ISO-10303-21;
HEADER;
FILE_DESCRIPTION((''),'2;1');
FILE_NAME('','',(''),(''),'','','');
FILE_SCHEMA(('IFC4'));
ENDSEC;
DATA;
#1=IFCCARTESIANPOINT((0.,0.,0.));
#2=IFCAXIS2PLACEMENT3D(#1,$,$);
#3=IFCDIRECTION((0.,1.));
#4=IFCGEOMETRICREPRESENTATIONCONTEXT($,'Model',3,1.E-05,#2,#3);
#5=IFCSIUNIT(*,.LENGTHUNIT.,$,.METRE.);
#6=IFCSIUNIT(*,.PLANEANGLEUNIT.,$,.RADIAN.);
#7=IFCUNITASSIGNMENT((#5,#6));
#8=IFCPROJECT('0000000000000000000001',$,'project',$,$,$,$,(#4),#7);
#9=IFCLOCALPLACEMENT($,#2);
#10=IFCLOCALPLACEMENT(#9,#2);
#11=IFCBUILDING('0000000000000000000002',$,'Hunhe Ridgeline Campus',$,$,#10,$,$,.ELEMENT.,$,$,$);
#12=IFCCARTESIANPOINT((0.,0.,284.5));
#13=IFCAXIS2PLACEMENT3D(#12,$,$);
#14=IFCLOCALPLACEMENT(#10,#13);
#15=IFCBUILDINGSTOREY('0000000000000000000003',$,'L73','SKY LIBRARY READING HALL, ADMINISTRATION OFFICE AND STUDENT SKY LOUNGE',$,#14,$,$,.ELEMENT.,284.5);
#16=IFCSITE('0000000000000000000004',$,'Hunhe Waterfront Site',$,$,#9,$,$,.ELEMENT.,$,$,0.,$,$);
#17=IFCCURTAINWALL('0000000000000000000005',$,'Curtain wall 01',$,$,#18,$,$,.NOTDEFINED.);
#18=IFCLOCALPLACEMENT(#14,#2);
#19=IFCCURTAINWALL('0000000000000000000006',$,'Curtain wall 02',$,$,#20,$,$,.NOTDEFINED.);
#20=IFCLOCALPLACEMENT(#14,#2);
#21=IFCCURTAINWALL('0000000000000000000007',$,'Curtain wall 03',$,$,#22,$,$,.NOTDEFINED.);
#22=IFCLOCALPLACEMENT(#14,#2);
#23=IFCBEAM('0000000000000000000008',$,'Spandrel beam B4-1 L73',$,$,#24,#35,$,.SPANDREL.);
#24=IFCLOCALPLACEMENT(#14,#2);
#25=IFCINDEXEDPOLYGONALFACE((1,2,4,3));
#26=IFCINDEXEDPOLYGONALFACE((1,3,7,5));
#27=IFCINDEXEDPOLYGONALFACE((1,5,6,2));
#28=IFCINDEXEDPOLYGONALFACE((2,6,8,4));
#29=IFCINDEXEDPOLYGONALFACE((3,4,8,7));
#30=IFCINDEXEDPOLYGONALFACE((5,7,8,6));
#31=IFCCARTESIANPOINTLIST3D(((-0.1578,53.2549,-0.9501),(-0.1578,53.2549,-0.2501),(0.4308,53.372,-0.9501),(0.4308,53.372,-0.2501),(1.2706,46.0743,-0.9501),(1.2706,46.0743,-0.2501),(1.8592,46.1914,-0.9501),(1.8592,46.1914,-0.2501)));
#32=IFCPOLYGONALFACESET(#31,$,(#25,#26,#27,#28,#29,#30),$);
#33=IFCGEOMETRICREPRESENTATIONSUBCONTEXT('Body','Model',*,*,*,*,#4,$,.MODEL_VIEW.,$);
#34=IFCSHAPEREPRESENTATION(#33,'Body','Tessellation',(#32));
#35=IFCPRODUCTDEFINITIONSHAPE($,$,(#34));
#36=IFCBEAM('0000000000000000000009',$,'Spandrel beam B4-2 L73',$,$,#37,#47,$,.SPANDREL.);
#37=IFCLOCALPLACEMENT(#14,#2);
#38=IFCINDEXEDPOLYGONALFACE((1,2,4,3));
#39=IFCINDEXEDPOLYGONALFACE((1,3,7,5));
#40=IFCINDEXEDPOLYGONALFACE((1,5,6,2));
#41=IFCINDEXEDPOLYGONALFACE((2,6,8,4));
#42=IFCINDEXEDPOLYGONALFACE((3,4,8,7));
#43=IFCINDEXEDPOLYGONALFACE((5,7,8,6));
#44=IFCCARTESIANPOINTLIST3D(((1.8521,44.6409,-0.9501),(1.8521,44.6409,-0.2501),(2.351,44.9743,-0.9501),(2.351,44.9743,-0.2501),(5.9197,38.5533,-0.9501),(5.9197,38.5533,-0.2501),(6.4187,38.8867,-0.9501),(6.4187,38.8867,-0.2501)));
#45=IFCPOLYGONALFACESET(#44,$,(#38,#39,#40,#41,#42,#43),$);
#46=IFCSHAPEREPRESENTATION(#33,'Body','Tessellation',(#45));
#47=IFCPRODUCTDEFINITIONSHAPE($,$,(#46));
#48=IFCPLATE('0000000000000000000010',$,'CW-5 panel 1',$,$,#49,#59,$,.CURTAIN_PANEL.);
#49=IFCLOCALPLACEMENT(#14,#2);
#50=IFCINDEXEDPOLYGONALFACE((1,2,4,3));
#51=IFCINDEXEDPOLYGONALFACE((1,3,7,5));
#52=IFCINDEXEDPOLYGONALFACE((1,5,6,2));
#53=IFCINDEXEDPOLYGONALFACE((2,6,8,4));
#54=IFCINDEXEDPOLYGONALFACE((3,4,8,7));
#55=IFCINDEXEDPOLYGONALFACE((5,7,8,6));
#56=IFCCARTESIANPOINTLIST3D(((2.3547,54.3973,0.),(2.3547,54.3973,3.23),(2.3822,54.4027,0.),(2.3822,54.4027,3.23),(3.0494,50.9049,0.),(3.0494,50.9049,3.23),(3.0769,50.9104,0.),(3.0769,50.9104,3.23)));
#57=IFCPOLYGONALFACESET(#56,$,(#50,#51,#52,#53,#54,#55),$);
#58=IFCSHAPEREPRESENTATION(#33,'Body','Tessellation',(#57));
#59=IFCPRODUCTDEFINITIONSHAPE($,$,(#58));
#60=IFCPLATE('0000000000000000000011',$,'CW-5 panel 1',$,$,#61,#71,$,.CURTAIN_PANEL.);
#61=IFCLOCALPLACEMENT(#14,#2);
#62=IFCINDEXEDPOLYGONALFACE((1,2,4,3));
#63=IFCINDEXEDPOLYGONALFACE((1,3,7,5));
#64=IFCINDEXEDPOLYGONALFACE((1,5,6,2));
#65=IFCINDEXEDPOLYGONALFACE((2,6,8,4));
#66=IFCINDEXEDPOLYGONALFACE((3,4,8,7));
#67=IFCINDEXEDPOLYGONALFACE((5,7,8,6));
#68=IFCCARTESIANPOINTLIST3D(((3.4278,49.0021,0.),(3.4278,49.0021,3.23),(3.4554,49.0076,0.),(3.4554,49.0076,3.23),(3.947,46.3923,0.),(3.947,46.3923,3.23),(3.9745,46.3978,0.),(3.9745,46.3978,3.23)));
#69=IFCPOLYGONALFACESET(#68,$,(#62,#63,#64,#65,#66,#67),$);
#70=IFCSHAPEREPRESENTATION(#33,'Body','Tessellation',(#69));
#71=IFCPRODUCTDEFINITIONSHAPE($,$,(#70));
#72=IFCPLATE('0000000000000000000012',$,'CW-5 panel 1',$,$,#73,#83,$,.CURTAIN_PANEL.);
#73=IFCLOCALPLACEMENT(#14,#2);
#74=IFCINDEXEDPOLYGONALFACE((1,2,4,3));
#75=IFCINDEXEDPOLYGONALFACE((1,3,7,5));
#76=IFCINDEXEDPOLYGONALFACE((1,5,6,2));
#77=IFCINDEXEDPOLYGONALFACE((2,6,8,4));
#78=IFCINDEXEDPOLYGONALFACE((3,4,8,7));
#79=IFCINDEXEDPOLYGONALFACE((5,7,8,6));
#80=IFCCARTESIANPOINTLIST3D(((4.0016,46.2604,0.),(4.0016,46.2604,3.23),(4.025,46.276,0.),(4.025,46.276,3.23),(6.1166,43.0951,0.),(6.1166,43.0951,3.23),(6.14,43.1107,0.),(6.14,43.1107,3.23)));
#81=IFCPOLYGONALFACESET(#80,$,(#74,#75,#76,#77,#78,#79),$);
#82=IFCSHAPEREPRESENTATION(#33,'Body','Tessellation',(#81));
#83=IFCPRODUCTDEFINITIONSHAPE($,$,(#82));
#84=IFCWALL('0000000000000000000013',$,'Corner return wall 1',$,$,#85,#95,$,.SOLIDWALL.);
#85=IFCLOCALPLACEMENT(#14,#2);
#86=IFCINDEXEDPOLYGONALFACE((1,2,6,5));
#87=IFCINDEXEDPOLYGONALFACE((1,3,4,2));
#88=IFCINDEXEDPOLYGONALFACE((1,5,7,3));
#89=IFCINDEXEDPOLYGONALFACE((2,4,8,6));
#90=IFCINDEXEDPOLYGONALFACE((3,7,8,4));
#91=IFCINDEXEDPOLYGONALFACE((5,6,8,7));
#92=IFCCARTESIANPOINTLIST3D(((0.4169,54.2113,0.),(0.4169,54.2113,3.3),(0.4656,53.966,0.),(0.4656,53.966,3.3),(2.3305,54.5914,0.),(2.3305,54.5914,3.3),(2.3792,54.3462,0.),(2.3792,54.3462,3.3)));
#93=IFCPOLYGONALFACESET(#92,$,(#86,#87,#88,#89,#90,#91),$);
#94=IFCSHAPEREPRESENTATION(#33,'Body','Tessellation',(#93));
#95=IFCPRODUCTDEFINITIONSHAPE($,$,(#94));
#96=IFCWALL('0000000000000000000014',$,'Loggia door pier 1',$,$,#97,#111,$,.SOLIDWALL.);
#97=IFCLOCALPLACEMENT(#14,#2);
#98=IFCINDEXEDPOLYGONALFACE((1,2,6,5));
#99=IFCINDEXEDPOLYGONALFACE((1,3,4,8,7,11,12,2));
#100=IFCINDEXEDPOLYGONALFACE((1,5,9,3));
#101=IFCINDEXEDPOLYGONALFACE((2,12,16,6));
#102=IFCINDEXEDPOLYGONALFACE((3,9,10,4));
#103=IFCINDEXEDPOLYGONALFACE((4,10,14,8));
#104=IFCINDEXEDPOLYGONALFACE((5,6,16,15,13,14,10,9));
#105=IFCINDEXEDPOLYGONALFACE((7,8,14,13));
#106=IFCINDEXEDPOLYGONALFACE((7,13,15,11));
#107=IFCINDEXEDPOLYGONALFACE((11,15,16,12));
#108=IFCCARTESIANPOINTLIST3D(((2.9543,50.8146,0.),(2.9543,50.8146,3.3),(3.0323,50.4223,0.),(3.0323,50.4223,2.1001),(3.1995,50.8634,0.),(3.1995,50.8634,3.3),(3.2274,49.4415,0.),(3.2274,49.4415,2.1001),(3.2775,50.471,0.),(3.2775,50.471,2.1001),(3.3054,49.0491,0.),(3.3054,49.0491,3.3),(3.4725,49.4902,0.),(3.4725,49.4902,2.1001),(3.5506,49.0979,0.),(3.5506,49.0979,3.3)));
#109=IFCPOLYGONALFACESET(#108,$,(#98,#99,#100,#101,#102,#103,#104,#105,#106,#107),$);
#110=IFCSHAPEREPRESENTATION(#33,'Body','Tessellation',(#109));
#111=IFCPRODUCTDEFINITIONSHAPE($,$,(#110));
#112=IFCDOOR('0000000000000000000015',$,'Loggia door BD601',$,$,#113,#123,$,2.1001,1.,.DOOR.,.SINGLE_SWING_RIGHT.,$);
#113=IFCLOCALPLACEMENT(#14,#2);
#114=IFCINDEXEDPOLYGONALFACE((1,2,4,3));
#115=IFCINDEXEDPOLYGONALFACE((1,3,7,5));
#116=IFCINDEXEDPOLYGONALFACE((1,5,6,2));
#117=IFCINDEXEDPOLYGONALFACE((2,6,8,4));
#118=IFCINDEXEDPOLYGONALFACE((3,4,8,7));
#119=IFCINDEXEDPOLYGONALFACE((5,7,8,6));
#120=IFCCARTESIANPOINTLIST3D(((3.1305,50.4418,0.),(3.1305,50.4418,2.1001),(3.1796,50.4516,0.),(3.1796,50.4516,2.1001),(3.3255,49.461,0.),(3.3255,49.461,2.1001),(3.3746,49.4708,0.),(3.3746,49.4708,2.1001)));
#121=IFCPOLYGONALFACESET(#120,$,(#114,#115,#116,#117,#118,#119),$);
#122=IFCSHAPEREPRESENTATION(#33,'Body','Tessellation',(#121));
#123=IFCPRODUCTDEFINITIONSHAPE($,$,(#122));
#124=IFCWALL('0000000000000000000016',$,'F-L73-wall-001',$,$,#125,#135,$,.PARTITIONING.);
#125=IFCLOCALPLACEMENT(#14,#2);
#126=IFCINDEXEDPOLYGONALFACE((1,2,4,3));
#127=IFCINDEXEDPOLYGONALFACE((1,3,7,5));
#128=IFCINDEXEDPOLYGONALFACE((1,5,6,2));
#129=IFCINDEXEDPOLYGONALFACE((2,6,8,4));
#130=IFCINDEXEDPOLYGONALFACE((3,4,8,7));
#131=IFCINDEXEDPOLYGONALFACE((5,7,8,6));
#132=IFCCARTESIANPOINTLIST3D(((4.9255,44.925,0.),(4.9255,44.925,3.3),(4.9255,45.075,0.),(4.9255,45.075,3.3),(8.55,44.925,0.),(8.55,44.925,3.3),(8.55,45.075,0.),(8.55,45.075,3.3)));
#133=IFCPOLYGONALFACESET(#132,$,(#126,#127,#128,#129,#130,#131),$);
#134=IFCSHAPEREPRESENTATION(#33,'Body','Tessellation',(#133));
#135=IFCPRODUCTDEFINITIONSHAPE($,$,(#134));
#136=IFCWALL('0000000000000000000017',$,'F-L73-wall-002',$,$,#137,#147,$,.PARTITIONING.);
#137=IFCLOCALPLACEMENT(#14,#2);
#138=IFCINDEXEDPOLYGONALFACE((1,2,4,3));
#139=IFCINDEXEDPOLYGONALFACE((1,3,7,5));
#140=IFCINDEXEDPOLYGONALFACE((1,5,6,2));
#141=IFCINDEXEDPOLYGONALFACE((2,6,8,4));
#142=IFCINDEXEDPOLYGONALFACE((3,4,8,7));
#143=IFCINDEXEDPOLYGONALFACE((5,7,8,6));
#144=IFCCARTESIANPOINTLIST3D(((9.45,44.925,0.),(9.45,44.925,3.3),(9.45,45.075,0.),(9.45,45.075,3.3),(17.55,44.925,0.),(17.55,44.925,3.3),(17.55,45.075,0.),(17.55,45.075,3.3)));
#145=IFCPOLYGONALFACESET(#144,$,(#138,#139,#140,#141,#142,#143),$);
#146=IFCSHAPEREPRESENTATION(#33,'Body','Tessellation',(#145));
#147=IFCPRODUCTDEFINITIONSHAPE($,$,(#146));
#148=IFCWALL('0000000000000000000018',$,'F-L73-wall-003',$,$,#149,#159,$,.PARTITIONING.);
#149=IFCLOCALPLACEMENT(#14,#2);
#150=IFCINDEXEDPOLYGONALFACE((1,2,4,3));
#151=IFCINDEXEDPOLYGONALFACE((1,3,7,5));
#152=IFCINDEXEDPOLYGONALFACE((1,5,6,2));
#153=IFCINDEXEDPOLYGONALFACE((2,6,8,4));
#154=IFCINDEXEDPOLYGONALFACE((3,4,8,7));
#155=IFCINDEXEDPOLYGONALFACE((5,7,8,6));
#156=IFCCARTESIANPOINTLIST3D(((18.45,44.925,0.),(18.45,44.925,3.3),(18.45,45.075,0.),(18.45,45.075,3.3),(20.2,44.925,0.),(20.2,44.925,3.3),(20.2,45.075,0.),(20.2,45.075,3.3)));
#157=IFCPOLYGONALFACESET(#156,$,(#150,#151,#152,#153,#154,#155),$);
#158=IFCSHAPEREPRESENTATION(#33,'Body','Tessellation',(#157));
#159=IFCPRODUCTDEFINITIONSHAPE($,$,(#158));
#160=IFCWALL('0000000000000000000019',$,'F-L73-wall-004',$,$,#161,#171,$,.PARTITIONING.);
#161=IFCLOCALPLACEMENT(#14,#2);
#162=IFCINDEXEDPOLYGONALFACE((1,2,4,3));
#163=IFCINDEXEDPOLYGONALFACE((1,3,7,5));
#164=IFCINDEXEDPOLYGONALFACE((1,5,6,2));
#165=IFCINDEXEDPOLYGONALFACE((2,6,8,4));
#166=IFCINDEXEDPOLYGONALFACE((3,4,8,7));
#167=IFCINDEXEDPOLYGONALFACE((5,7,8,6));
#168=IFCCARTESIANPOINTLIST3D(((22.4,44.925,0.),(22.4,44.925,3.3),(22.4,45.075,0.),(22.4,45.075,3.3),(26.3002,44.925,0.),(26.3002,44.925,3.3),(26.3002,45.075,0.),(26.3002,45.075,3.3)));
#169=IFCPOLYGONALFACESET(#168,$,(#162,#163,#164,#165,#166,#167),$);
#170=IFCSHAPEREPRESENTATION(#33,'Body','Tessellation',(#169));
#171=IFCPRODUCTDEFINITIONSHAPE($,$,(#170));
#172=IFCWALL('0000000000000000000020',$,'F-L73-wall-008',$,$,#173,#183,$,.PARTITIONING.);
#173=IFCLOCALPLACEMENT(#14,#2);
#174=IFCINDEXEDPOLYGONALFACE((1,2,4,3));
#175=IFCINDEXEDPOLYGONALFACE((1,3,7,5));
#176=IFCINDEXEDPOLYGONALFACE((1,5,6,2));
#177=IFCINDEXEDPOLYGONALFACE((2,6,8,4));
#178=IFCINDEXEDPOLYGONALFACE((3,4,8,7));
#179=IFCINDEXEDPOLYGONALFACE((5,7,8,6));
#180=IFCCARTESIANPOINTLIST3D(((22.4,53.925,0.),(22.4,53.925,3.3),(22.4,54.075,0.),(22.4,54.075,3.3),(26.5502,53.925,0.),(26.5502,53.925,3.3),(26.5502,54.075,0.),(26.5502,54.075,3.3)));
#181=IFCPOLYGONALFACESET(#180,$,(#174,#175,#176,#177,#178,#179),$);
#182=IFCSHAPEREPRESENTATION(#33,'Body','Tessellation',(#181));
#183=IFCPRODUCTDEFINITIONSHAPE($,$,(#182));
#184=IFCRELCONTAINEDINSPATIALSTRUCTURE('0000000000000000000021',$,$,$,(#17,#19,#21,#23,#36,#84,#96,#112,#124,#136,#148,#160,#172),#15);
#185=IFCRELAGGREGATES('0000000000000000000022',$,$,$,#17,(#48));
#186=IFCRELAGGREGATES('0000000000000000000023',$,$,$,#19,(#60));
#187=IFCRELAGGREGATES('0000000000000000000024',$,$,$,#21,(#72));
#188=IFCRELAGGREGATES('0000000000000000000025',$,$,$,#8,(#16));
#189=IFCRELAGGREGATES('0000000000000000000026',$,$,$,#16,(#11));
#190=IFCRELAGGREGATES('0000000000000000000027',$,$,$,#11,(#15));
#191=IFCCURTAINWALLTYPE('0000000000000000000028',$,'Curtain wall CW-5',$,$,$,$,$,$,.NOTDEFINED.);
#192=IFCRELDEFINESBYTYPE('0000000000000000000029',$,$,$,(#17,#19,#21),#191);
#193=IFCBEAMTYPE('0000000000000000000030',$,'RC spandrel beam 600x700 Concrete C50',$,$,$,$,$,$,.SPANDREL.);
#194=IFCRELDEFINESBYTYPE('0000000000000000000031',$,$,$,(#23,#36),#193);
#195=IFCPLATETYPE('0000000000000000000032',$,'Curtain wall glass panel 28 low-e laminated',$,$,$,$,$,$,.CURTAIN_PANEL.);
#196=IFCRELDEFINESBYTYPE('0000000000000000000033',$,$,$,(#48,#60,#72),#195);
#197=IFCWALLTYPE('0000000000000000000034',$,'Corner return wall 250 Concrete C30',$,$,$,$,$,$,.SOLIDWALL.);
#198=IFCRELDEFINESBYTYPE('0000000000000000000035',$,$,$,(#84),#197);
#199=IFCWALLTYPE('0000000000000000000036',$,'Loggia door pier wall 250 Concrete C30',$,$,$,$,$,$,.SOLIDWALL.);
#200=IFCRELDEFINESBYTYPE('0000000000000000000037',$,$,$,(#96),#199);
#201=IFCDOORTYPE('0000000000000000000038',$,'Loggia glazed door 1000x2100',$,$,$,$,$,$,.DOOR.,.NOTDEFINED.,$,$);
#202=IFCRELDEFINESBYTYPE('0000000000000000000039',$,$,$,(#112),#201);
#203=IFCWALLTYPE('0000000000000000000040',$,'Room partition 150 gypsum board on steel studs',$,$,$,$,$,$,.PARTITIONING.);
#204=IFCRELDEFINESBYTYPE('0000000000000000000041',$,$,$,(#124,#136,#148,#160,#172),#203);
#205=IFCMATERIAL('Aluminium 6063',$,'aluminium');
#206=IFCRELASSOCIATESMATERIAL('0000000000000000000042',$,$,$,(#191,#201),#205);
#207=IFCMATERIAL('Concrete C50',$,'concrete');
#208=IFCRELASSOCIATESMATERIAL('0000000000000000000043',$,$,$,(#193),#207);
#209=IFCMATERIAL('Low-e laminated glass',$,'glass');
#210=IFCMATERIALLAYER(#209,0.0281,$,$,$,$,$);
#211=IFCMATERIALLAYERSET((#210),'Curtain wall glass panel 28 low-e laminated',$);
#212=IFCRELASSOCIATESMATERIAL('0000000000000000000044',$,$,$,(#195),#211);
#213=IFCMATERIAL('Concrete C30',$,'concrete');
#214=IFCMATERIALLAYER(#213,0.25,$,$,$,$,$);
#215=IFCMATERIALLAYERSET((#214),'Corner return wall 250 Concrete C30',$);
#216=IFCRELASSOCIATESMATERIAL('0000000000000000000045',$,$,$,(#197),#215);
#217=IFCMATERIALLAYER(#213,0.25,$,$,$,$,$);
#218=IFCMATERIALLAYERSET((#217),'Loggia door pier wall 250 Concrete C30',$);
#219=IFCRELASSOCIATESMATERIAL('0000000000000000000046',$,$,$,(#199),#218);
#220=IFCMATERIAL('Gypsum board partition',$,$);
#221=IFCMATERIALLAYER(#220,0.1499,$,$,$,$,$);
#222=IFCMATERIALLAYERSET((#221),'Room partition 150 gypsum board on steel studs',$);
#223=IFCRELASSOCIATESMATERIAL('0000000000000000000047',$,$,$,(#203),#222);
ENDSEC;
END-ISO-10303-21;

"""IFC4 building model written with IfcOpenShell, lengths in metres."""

from ifc_helpers import new_model, si_unit, direction, frame, frame_2d, origin, origin_2d, place, context, subcontext, project, spatial, rectangle, extrude, material, layer, layer_set, material_profile, profile_set, type_object, element, fill, aggregate, save


model = new_model("IFC4")

# Units and contexts
model_context = context("Model", 3, precision=1e-05, world=origin(), true_north=direction((0.0, 1.0)))
body_context = subcontext(model_context, "Body", "Model", "MODEL_VIEW")
ifc_project = project(units=[si_unit("LENGTHUNIT", "METRE"), si_unit("PLANEANGLEUNIT", "RADIAN")], contexts=[model_context])

# Site, building, storey
site_placement = place(None, origin())
site = spatial("IfcSite", under=ifc_project, at=site_placement, Name="Hunhe Waterfront Site", CompositionType="ELEMENT", RefElevation=0.0)
building_placement = place(site_placement, origin())
building = spatial("IfcBuilding", under=site, at=building_placement, Name="Hunhe Ridgeline Campus", CompositionType="ELEMENT")
storey_placement = place(building_placement, frame((0.0, 0.0, 284.5)))
storey = spatial("IfcBuildingStorey", under=building, at=storey_placement, Name="L73", Description="SKY LIBRARY READING HALL, ADMINISTRATION OFFICE AND STUDENT SKY LOUNGE", CompositionType="ELEMENT", Elevation=284.5)

# Shared definitions
ifc_material_1 = material(Name="Concrete C50", Category="concrete")

# Curtain walls
ifc_material_2 = material(Name="Aluminium 6063", Category="aluminium")
curtain_wall_type = type_object("IfcCurtainWallType", Name="Curtain wall CW-5", PredefinedType="NOTDEFINED", material=ifc_material_2)
curtain_wall_1_placement = place(storey_placement, origin())
curtain_wall_1 = element("IfcCurtainWall", 1, at=curtain_wall_1_placement, inside=storey, type_object=curtain_wall_type, Name="Curtain wall 01", PredefinedType="NOTDEFINED")
curtain_wall_2_placement = place(storey_placement, origin())
curtain_wall_2 = element("IfcCurtainWall", 2, at=curtain_wall_2_placement, inside=storey, type_object=curtain_wall_type, Name="Curtain wall 02", PredefinedType="NOTDEFINED")

# Curtain wall
curtain_wall_3_placement = place(storey_placement, origin())
curtain_wall_3 = element("IfcCurtainWall", 3, at=curtain_wall_3_placement, inside=storey, type_object=curtain_wall_type, Name="Curtain wall 03", PredefinedType="NOTDEFINED")

# Beams
ifc_material_profile_1 = material_profile(ifc_material_1, rectangle(XDim=0.6001, YDim=0.7, at=origin_2d()))
ifc_profile_set_1 = profile_set([ifc_material_profile_1], Name="Concrete C50")
beam_type = type_object("IfcBeamType", Name="RC spandrel beam 600x700 Concrete C50", PredefinedType="SPANDREL", material=ifc_profile_set_1)
beam_1_placement = place(storey_placement, frame((0.1365, 53.3135, -0.6001), z_axis=(0.195109, -0.980782, 0.0), x_axis=(0.980782, 0.195109, 0.0)))
element("IfcBeam", 4, at=beam_1_placement, inside=storey, type_object=beam_type, Name="Spandrel beam B4-1 L73", PredefinedType="SPANDREL", context=body_context, shape_type="SweptSolid", body=[
    extrude(rectangle(XDim=0.6001, YDim=0.7, at=origin_2d()), origin(), (0.0, 0.0, 1.0), 7.3213),
])
beam_2_placement = place(storey_placement, frame((2.1016, 44.8076, -0.6001), z_axis=(0.555569, -0.83147, 0.0), x_axis=(0.83147, 0.555569, 0.0)))
element("IfcBeam", 5, at=beam_2_placement, inside=storey, type_object=beam_type, Name="Spandrel beam B4-2 L73", PredefinedType="SPANDREL", context=body_context, shape_type="SweptSolid", body=[
    extrude(rectangle(XDim=0.6001, YDim=0.7, at=origin_2d()), origin(), (0.0, 0.0, 1.0), 7.3215),
])

# Plates
ifc_material_3 = material(Name="Low-e laminated glass", Category="glass")
ifc_layer_1 = layer(ifc_material_3, 0.0281)
ifc_layer_set_1 = layer_set([ifc_layer_1], Name="Curtain wall glass panel 28 low-e laminated")
plate_type = type_object("IfcPlateType", Name="Curtain wall glass panel 28 low-e laminated", PredefinedType="CURTAIN_PANEL", material=ifc_layer_set_1)
plate_1_placement = place(storey_placement, frame((2.7158, 52.6538, 0.0), z_axis=(0.0, 0.0, 1.0), x_axis=(0.195095, -0.980784, 0.0)))
plate_1 = element("IfcPlate", 6, at=plate_1_placement, type_object=plate_type, Name="CW-5 panel 1", PredefinedType="CURTAIN_PANEL", context=body_context, shape_type="SweptSolid", body=[
    extrude(rectangle(XDim=3.5608, YDim=0.0281, at=origin_2d()), origin(), (0.0, 0.0, 1.0), 3.23),
])
aggregate(curtain_wall_1, [plate_1])
plate_2_placement = place(storey_placement, frame((3.7012, 47.7, 0.0), z_axis=(0.0, 0.0, 1.0), x_axis=(0.195095, -0.980784, 0.0)))
plate_2 = element("IfcPlate", 7, at=plate_2_placement, type_object=plate_type, Name="CW-5 panel 1", PredefinedType="CURTAIN_PANEL", context=body_context, shape_type="SweptSolid", body=[
    extrude(rectangle(XDim=2.6609, YDim=0.0281, at=origin_2d()), origin(), (0.0, 0.0, 1.0), 3.23),
])
aggregate(curtain_wall_2, [plate_2])
plate_3_placement = place(storey_placement, frame((5.0708, 44.6855, 0.0), z_axis=(0.0, 0.0, 1.0), x_axis=(0.55557, -0.83147, 0.0)))
plate_3 = element("IfcPlate", 8, at=plate_3_placement, type_object=plate_type, Name="CW-5 panel 1", PredefinedType="CURTAIN_PANEL", context=body_context, shape_type="SweptSolid", body=[
    extrude(rectangle(XDim=3.8069, YDim=0.0281, at=origin_2d()), origin(), (0.0, 0.0, 1.0), 3.23),
])
aggregate(curtain_wall_3, [plate_3])

# Wall
ifc_material_4 = material(Name="Concrete C30", Category="concrete")
ifc_layer_2 = layer(ifc_material_4, 0.25)
ifc_layer_set_2 = layer_set([ifc_layer_2], Name="Corner return wall 250 Concrete C30")
wall_type_1 = type_object("IfcWallType", Name="Corner return wall 250 Concrete C30", PredefinedType="SOLIDWALL", material=ifc_layer_set_2)
wall_1_placement = place(storey_placement, frame((0.4412, 54.0886, 0.0), z_axis=(0.0, 0.0, 1.0), x_axis=(0.980835, 0.194841, 0.0)))
element("IfcWall", 9, at=wall_1_placement, inside=storey, type_object=wall_type_1, Name="Corner return wall 1", PredefinedType="SOLIDWALL", context=body_context, shape_type="SweptSolid", body=[
    extrude(rectangle(XDim=1.9509, YDim=0.25, at=frame_2d((0.9756, 0.0))), origin(), (0.0, 0.0, 1.0), 3.3),
])

# Wall, opening, door
ifc_layer_3 = layer(ifc_material_4, 0.25)
ifc_layer_set_3 = layer_set([ifc_layer_3], Name="Loggia door pier wall 250 Concrete C30")
wall_type_2 = type_object("IfcWallType", Name="Loggia door pier wall 250 Concrete C30", PredefinedType="SOLIDWALL", material=ifc_layer_set_3)
wall_2_placement = place(storey_placement, frame((3.0769, 50.8389, 0.0), z_axis=(0.0, 0.0, 1.0), x_axis=(0.195047, -0.980794, 0.0)))
wall_2 = element("IfcWall", 10, at=wall_2_placement, inside=storey, type_object=wall_type_2, Name="Loggia door pier 1", PredefinedType="SOLIDWALL", context=body_context, shape_type="SweptSolid", body=[
    extrude(rectangle(XDim=1.8, YDim=0.25, at=frame_2d((0.8999, 0.0))), origin(), (0.0, 0.0, 1.0), 3.3),
])
opening_placement = place(wall_2_placement, frame((0.3999, 0.0, 0.0)))
opening = element("IfcOpeningElement", 11, at=opening_placement, cuts=wall_2, PredefinedType="OPENING", context=body_context, shape_type="SweptSolid", body=[
    extrude(rectangle(XDim=1.0, YDim=2.1001, at=frame_2d((0.5, 1.05))), frame((0.0, 0.125, 0.0), z_axis=(0.0, -1.0, 0.0), x_axis=(1.0, 0.0, 0.0)), (0.0, 0.0, 1.0), 0.25),
])
door_type = type_object("IfcDoorType", Name="Loggia glazed door 1000x2100", OperationType="NOTDEFINED", PredefinedType="DOOR", material=ifc_material_2)
door_placement = place(opening_placement, frame((1.0, 0.0, 0.0), z_axis=(0.0, 0.0, 1.0), x_axis=(-1.0, 0.0, 0.0)))
door = element("IfcDoor", 12, at=door_placement, inside=storey, type_object=door_type, Name="Loggia door BD601", OperationType="SINGLE_SWING_RIGHT", OverallHeight=2.1001, OverallWidth=1.0, PredefinedType="DOOR", context=body_context, shape_type="SweptSolid", body=[
    extrude(rectangle(XDim=1.0, YDim=2.1001, at=frame_2d((0.5, 1.05))), frame((0.0, 0.0249, 0.0), z_axis=(0.0, -1.0, 0.0), x_axis=(1.0, 0.0, 0.0)), (0.0, 0.0, 1.0), 0.05),
])
fill(opening, door)

# Walls
ifc_material_5 = material(Name="Gypsum board partition")
ifc_layer_4 = layer(ifc_material_5, 0.1499)
ifc_layer_set_4 = layer_set([ifc_layer_4], Name="Room partition 150 gypsum board on steel studs")
wall_type_3 = type_object("IfcWallType", Name="Room partition 150 gypsum board on steel studs", PredefinedType="PARTITIONING", material=ifc_layer_set_4)
wall_3_placement = place(storey_placement, frame((4.9255, 45.0, 0.0), z_axis=(0.0, 0.0, 1.0), x_axis=(1.0, 0.0, 0.0)))
element("IfcWall", 13, at=wall_3_placement, inside=storey, type_object=wall_type_3, Name="F-L73-wall-001", PredefinedType="PARTITIONING", context=body_context, shape_type="SweptSolid", body=[
    extrude(rectangle(XDim=3.6245, YDim=0.1499, at=frame_2d((1.8123, 0.0))), origin(), (0.0, 0.0, 1.0), 3.3),
])
wall_4_placement = place(storey_placement, frame((9.45, 45.0, 0.0), z_axis=(0.0, 0.0, 1.0), x_axis=(1.0, 0.0, 0.0)))
element("IfcWall", 14, at=wall_4_placement, inside=storey, type_object=wall_type_3, Name="F-L73-wall-002", PredefinedType="PARTITIONING", context=body_context, shape_type="SweptSolid", body=[
    extrude(rectangle(XDim=8.1001, YDim=0.1499, at=frame_2d((4.05, 0.0))), origin(), (0.0, 0.0, 1.0), 3.3),
])
wall_5_placement = place(storey_placement, frame((18.45, 45.0, 0.0), z_axis=(0.0, 0.0, 1.0), x_axis=(1.0, 0.0, 0.0)))
element("IfcWall", 15, at=wall_5_placement, inside=storey, type_object=wall_type_3, Name="F-L73-wall-003", PredefinedType="PARTITIONING", context=body_context, shape_type="SweptSolid", body=[
    extrude(rectangle(XDim=1.75, YDim=0.1499, at=frame_2d((0.875, 0.0))), origin(), (0.0, 0.0, 1.0), 3.3),
])
wall_6_placement = place(storey_placement, frame((22.3999, 45.0, 0.0), z_axis=(0.0, 0.0, 1.0), x_axis=(1.0, 0.0, 0.0)))
element("IfcWall", 16, at=wall_6_placement, inside=storey, type_object=wall_type_3, Name="F-L73-wall-004", PredefinedType="PARTITIONING", context=body_context, shape_type="SweptSolid", body=[
    extrude(rectangle(XDim=3.9001, YDim=0.1499, at=frame_2d((1.9502, 0.0))), origin(), (0.0, 0.0, 1.0), 3.3),
])
wall_7_placement = place(storey_placement, frame((22.3999, 54.0, 0.0), z_axis=(0.0, 0.0, 1.0), x_axis=(1.0, 0.0, 0.0)))
element("IfcWall", 17, at=wall_7_placement, inside=storey, type_object=wall_type_3, Name="F-L73-wall-008", PredefinedType="PARTITIONING", context=body_context, shape_type="SweptSolid", body=[
    extrude(rectangle(XDim=4.1501, YDim=0.1499, at=frame_2d((2.0752, 0.0))), origin(), (0.0, 0.0, 1.0), 3.3),
])

save(model, "model.ifc")
